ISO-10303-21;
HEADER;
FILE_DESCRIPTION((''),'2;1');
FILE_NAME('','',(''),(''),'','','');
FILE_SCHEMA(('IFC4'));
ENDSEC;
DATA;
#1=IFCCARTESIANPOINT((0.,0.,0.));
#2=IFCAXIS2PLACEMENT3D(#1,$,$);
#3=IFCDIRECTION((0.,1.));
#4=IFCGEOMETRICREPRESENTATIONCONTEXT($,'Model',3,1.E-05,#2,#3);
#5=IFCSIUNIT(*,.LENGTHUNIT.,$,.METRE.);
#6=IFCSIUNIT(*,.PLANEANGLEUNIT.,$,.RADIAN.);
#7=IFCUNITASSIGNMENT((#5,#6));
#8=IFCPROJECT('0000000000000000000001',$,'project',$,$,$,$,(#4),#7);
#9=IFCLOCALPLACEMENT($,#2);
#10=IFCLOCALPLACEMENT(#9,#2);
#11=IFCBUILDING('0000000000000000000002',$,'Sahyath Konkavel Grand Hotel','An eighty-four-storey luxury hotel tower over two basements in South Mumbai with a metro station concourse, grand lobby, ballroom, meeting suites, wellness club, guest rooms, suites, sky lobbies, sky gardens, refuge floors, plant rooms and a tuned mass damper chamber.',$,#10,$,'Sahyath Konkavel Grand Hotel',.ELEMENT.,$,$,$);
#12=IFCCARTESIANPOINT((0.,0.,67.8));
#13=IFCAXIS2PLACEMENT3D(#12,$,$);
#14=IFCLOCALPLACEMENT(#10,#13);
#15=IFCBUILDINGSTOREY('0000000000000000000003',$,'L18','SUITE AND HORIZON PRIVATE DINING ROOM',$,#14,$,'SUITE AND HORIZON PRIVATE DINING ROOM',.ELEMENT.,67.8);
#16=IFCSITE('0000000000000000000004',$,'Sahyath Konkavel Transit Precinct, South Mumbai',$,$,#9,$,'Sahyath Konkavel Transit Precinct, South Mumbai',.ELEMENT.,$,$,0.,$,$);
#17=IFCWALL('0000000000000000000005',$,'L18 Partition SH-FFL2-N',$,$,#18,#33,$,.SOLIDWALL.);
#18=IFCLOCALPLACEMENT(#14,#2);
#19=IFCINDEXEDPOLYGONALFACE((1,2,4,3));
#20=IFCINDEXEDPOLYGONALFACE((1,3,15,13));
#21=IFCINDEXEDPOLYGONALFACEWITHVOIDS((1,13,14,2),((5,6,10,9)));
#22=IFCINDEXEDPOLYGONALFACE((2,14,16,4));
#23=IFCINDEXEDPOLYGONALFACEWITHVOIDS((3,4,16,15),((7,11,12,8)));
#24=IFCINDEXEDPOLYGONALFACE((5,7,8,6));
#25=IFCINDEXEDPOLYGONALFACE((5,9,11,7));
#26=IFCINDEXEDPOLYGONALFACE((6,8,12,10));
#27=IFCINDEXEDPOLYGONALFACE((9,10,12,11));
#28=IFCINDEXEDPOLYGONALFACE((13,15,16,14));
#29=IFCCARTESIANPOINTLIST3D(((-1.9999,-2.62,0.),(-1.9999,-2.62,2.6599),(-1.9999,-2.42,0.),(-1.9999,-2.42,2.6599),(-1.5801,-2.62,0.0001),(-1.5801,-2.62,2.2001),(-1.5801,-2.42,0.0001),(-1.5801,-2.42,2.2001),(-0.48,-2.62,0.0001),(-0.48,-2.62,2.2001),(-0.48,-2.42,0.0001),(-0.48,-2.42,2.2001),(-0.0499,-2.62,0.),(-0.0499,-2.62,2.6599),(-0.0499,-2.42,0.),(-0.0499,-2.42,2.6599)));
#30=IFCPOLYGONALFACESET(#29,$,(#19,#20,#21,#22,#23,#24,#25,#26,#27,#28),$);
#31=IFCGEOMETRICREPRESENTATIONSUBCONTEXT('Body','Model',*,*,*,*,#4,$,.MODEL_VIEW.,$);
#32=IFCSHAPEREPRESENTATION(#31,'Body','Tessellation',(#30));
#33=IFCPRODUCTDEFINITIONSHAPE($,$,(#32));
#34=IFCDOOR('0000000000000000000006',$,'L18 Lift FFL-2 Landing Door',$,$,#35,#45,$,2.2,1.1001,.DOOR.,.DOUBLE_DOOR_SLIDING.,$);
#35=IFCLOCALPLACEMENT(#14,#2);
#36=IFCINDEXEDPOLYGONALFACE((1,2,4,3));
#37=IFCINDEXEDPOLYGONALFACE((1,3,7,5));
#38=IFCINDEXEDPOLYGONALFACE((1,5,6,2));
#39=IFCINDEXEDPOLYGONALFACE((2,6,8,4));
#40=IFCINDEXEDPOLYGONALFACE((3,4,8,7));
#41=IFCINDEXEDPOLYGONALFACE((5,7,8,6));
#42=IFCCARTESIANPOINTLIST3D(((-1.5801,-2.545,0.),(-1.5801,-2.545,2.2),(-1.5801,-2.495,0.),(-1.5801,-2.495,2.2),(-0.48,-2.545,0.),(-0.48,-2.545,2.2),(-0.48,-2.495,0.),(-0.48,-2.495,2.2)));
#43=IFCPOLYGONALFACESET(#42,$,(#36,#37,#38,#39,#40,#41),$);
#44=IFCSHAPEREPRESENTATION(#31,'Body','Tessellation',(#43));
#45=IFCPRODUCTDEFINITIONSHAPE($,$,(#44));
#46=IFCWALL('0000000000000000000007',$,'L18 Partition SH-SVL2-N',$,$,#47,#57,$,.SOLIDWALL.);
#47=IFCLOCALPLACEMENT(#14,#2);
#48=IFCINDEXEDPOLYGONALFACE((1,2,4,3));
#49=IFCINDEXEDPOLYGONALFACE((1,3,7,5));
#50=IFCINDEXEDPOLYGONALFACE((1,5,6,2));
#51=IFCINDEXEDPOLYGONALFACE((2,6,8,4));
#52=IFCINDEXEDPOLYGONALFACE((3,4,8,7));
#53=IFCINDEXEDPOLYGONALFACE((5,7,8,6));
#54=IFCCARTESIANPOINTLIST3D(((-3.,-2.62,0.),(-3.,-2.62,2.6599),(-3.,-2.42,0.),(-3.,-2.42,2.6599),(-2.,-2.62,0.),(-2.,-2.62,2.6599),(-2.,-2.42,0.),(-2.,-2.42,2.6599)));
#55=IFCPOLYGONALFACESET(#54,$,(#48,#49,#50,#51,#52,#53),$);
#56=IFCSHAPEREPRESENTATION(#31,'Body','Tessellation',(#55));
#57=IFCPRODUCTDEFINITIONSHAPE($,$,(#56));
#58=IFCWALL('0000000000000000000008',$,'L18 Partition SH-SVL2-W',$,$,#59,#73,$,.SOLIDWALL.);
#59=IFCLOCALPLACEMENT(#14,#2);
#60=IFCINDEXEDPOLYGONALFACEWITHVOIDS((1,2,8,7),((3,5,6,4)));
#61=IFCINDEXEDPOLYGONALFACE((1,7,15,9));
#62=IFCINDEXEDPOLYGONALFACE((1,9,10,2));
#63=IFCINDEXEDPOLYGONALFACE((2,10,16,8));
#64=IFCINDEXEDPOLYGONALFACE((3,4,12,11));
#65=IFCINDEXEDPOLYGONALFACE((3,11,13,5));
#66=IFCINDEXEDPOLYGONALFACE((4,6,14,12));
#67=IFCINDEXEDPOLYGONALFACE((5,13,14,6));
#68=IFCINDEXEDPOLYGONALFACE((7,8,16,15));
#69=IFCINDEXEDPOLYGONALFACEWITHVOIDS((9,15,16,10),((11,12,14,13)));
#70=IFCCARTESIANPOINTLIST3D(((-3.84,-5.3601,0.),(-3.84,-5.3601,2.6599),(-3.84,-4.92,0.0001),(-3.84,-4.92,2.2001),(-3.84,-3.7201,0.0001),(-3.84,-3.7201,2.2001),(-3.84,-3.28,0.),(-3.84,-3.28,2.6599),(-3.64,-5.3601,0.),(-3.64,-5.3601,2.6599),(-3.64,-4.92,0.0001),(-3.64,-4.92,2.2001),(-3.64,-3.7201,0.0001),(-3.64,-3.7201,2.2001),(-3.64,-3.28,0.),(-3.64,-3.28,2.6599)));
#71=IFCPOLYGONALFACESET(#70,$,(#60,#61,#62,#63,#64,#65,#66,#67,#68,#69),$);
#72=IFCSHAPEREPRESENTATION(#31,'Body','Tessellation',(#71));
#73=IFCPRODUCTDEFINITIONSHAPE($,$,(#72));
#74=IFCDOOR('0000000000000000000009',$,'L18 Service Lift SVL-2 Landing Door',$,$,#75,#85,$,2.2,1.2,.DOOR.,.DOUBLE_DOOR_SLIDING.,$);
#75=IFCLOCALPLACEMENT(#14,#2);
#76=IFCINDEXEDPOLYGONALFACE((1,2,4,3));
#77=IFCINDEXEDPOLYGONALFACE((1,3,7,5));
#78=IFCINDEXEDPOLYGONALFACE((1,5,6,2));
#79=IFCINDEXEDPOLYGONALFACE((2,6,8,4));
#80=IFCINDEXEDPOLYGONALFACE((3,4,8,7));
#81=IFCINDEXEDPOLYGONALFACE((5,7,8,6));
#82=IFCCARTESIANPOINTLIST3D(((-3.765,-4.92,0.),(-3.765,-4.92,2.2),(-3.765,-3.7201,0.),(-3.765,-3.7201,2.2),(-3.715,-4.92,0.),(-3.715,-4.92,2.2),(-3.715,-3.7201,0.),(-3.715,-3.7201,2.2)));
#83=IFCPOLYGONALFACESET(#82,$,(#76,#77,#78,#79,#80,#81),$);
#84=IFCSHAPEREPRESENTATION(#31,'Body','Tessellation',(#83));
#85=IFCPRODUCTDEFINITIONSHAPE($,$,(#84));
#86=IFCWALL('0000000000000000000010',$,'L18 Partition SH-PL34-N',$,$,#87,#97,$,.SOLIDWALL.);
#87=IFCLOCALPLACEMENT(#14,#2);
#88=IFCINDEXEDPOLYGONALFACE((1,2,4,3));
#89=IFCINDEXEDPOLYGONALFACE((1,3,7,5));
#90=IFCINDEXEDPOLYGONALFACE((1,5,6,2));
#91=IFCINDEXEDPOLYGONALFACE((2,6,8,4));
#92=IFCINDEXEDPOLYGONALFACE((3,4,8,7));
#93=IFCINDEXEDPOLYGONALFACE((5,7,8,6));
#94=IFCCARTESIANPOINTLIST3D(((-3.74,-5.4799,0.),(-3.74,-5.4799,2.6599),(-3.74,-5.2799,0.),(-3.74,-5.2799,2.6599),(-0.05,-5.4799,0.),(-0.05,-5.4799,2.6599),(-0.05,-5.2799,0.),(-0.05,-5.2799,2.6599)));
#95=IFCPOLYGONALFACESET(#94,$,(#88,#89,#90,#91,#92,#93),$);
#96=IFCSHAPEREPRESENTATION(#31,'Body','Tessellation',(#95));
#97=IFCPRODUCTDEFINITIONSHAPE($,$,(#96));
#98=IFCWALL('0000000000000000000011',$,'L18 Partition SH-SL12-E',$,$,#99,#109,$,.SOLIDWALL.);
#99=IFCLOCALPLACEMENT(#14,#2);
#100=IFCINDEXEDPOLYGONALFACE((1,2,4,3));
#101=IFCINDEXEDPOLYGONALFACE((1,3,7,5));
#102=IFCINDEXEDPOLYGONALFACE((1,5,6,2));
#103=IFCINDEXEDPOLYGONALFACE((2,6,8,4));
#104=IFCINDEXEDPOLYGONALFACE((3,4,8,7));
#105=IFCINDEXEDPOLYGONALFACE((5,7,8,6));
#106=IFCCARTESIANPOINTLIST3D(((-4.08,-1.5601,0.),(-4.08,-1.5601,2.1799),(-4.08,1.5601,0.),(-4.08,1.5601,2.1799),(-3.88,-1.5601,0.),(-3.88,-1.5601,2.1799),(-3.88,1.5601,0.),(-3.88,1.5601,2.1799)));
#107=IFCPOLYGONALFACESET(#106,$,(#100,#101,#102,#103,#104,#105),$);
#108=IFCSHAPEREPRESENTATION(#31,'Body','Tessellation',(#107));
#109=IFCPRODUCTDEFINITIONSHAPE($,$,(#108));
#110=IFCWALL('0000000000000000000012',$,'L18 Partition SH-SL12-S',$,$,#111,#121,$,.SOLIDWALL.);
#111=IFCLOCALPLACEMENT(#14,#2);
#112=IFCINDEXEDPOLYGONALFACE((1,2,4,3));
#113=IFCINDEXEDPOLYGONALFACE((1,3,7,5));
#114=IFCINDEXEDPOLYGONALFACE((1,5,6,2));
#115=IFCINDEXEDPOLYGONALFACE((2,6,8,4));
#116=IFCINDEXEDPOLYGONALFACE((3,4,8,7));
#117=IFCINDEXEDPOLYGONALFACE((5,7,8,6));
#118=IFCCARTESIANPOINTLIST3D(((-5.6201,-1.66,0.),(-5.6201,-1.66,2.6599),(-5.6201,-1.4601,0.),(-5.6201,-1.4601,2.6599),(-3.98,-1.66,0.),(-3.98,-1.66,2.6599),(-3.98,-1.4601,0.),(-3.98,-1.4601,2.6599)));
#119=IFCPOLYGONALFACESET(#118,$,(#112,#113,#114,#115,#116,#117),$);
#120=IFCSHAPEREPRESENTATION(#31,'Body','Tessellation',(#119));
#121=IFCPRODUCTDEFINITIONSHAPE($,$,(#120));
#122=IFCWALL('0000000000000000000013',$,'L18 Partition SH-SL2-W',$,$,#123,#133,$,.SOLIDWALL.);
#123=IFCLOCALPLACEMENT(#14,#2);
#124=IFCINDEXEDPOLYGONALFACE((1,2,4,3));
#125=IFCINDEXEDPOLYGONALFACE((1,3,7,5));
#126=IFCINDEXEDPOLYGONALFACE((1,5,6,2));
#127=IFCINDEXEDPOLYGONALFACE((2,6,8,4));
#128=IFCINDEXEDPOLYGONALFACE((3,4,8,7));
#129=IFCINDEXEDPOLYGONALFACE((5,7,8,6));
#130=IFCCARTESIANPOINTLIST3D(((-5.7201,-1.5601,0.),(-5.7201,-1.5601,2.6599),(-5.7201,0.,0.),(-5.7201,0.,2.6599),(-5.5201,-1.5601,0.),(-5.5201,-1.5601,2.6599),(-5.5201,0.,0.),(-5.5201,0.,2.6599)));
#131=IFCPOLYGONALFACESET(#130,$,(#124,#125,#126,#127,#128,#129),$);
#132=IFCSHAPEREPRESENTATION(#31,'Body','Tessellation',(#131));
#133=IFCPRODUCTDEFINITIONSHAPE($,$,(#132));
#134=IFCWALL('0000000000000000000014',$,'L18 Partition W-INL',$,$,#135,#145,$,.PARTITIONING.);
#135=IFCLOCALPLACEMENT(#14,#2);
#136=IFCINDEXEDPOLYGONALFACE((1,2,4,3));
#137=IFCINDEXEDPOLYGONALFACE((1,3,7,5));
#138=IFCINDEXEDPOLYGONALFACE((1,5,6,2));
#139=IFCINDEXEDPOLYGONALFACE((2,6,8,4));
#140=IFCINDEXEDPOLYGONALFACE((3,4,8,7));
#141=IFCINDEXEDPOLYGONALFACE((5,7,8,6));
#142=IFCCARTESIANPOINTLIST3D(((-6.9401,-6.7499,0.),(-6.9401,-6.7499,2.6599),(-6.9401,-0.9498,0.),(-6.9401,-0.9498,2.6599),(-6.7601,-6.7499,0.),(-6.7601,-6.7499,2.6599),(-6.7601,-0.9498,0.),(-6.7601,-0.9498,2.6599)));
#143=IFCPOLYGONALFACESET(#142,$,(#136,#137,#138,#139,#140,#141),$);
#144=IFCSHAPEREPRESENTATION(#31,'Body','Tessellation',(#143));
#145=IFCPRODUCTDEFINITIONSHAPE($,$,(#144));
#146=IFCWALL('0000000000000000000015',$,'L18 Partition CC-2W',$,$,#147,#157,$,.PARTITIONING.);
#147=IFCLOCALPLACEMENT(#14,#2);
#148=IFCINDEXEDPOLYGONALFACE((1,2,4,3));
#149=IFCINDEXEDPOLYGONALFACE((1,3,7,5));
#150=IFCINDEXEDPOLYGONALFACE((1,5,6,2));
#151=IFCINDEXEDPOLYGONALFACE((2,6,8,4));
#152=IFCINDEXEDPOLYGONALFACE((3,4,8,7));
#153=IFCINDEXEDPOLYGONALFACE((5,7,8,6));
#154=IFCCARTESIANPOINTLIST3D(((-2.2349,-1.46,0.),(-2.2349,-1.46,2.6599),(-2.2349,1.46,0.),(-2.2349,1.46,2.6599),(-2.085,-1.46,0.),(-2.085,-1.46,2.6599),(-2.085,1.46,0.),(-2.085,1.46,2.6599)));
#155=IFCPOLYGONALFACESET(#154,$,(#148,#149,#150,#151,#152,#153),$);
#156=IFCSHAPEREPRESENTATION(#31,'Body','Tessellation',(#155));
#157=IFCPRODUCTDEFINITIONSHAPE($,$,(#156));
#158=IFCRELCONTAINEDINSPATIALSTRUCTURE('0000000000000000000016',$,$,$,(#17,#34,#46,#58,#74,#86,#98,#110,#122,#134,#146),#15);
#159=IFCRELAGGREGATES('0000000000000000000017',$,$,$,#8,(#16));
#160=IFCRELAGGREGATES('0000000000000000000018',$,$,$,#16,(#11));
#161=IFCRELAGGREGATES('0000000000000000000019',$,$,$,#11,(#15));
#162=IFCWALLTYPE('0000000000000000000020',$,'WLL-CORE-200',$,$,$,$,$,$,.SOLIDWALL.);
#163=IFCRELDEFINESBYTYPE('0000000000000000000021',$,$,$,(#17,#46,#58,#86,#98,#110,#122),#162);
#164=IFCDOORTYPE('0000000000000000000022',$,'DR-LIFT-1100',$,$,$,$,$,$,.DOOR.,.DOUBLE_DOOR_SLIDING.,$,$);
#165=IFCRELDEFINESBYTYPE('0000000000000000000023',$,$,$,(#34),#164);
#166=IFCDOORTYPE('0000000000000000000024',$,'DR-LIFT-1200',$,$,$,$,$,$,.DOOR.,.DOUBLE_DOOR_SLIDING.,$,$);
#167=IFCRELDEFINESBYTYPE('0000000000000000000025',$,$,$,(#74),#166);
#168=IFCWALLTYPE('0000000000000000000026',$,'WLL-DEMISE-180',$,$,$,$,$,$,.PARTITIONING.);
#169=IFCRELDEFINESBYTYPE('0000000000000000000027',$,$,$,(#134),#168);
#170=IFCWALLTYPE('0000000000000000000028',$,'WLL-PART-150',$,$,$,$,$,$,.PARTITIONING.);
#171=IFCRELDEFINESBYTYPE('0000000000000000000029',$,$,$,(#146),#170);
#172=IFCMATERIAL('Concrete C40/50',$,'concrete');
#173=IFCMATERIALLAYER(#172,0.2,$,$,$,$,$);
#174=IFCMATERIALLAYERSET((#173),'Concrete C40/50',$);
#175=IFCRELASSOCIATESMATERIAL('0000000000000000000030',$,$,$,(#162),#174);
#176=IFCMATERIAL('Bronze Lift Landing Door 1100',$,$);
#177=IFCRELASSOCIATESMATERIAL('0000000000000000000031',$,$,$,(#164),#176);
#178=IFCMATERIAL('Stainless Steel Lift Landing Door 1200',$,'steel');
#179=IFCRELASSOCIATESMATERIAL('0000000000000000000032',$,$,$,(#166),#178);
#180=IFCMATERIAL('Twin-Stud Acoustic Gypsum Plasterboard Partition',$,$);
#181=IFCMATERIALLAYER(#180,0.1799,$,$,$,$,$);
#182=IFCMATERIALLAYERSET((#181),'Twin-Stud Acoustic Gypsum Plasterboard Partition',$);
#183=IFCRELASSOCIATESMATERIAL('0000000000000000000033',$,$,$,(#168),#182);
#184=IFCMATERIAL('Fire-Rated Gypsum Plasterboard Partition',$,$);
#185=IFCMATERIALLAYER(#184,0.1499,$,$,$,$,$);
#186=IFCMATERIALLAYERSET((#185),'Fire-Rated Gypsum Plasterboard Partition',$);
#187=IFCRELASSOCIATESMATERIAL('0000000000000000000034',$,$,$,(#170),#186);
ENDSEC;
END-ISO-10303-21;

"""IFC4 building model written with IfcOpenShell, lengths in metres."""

from ifc_helpers import new_model, si_unit, direction, frame, frame_2d, origin, origin_2d, place, context, subcontext, project, spatial, rectangle, extrude, source, transform, mapped, material, layer, layer_set, type_object, element, fill, save


model = new_model("IFC4")

# Units and contexts
model_context = context("Model", 3, precision=1e-05, world=origin(), true_north=direction((0.0, 1.0)))
body_context = subcontext(model_context, "Body", "Model", "MODEL_VIEW")
ifc_project = project(units=[si_unit("LENGTHUNIT", "METRE"), si_unit("PLANEANGLEUNIT", "RADIAN")], contexts=[model_context])

# Site, building, storey
site_placement = place(None, origin())
site = spatial("IfcSite", under=ifc_project, at=site_placement, Name="Sahyath Konkavel Transit Precinct, South Mumbai", LongName="Sahyath Konkavel Transit Precinct, South Mumbai", CompositionType="ELEMENT", RefElevation=0.0)
building_placement = place(site_placement, origin())
building = spatial("IfcBuilding", under=site, at=building_placement, Name="Sahyath Konkavel Grand Hotel", Description="An eighty-four-storey luxury hotel tower over two basements in South Mumbai with a metro station concourse, grand lobby, ballroom, meeting suites, wellness club, guest rooms, suites, sky lobbies, sky gardens, refuge floors, plant rooms and a tuned mass damper chamber.", LongName="Sahyath Konkavel Grand Hotel", CompositionType="ELEMENT")
storey_placement = place(building_placement, frame((0.0, 0.0, 67.8)))
storey = spatial("IfcBuildingStorey", under=building, at=storey_placement, Name="L18", Description="SUITE AND HORIZON PRIVATE DINING ROOM", LongName="SUITE AND HORIZON PRIVATE DINING ROOM", CompositionType="ELEMENT", Elevation=67.8)

# Shared definitions
ifc_material_1 = material(Name="Concrete C40/50", Category="concrete")
ifc_layer_1 = layer(ifc_material_1, 0.2)
ifc_layer_set_1 = layer_set([ifc_layer_1], Name="Concrete C40/50")
wall_type_1 = type_object("IfcWallType", Name="WLL-CORE-200", PredefinedType="SOLIDWALL", material=ifc_layer_set_1)

# Wall, opening, door
wall_1_placement = place(storey_placement, frame((-2.0, -2.52, 0.0), z_axis=(0.0, 0.0, 1.0), x_axis=(1.0, 0.0, 0.0)))
wall_1 = element("IfcWall", 1, at=wall_1_placement, inside=storey, type_object=wall_type_1, Name="L18 Partition SH-FFL2-N", PredefinedType="SOLIDWALL", context=body_context, shape_type="SweptSolid", body=[
    extrude(rectangle(XDim=1.95, YDim=0.2, at=frame_2d((0.9751, 0.0))), origin(), (0.0, 0.0, 1.0), 2.6599),
])
opening_1_placement = place(wall_1_placement, frame((0.4199, 0.0, 0.0)))
opening_1 = element("IfcOpeningElement", 2, at=opening_1_placement, cuts=wall_1, PredefinedType="OPENING", context=body_context, shape_type="SweptSolid", body=[
    extrude(rectangle(XDim=1.1001, YDim=2.2, at=frame_2d((0.55, 1.1001))), frame((0.0, 0.1099, 0.0), z_axis=(0.0, -1.0, 0.0), x_axis=(1.0, 0.0, 0.0)), (0.0, 0.0, 1.0), 0.22),
])
ifc_material_2 = material(Name="Bronze Lift Landing Door 1100")
door_type_1 = type_object("IfcDoorType", Name="DR-LIFT-1100", OperationType="DOUBLE_DOOR_SLIDING", PredefinedType="DOOR", material=ifc_material_2)
shared_shape_1 = source(origin(), body_context, "Body", "SweptSolid", [
    extrude(rectangle(XDim=1.1001, YDim=0.05, at=origin_2d()), origin(), (0.0, 0.0, 1.0), 2.2),
])
door_1_placement = place(opening_1_placement, frame((0.55, 0.0, 0.0)))
door_1 = element("IfcDoor", 3, at=door_1_placement, inside=storey, type_object=door_type_1, Name="L18 Lift FFL-2 Landing Door", OperationType="DOUBLE_DOOR_SLIDING", OverallHeight=2.2, OverallWidth=1.1001, PredefinedType="DOOR", context=body_context, shape_type="MappedRepresentation", body=[
    mapped(shared_shape_1, transform((0.0, 0.0, 0.0), scale=1.0)),
])
fill(opening_1, door_1)

# Wall
wall_2_placement = place(storey_placement, frame((-3.0, -2.52, 0.0), z_axis=(0.0, 0.0, 1.0), x_axis=(1.0, 0.0, 0.0)))
element("IfcWall", 4, at=wall_2_placement, inside=storey, type_object=wall_type_1, Name="L18 Partition SH-SVL2-N", PredefinedType="SOLIDWALL", context=body_context, shape_type="SweptSolid", body=[
    extrude(rectangle(XDim=1.0, YDim=0.2, at=frame_2d((0.5, 0.0))), origin(), (0.0, 0.0, 1.0), 2.6599),
])

# Wall, opening, door
wall_3_placement = place(storey_placement, frame((-3.74, -5.3601, 0.0), z_axis=(0.0, 0.0, 1.0), x_axis=(0.0, 1.0, 0.0)))
wall_3 = element("IfcWall", 5, at=wall_3_placement, inside=storey, type_object=wall_type_1, Name="L18 Partition SH-SVL2-W", PredefinedType="SOLIDWALL", context=body_context, shape_type="SweptSolid", body=[
    extrude(rectangle(XDim=2.0801, YDim=0.2, at=frame_2d((1.04, 0.0))), origin(), (0.0, 0.0, 1.0), 2.6599),
])
opening_2_placement = place(wall_3_placement, frame((0.4399, 0.0, 0.0)))
opening_2 = element("IfcOpeningElement", 6, at=opening_2_placement, cuts=wall_3, PredefinedType="OPENING", context=body_context, shape_type="SweptSolid", body=[
    extrude(rectangle(XDim=1.2, YDim=2.2, at=frame_2d((0.6001, 1.1001))), frame((0.0, 0.1099, 0.0), z_axis=(0.0, -1.0, 0.0), x_axis=(1.0, 0.0, 0.0)), (0.0, 0.0, 1.0), 0.22),
])
ifc_material_3 = material(Name="Stainless Steel Lift Landing Door 1200", Category="steel")
door_type_2 = type_object("IfcDoorType", Name="DR-LIFT-1200", OperationType="DOUBLE_DOOR_SLIDING", PredefinedType="DOOR", material=ifc_material_3)
shared_shape_2 = source(origin(), body_context, "Body", "SweptSolid", [
    extrude(rectangle(XDim=1.2, YDim=0.05, at=origin_2d()), origin(), (0.0, 0.0, 1.0), 2.2),
])
door_2_placement = place(opening_2_placement, frame((0.6001, 0.0, 0.0)))
door_2 = element("IfcDoor", 7, at=door_2_placement, inside=storey, type_object=door_type_2, Name="L18 Service Lift SVL-2 Landing Door", OperationType="DOUBLE_DOOR_SLIDING", OverallHeight=2.2, OverallWidth=1.2, PredefinedType="DOOR", context=body_context, shape_type="MappedRepresentation", body=[
    mapped(shared_shape_2, transform((0.0, 0.0, 0.0), scale=1.0)),
])
fill(opening_2, door_2)

# Walls
wall_4_placement = place(storey_placement, frame((-3.74, -5.3799, 0.0), z_axis=(0.0, 0.0, 1.0), x_axis=(1.0, 0.0, 0.0)))
element("IfcWall", 8, at=wall_4_placement, inside=storey, type_object=wall_type_1, Name="L18 Partition SH-PL34-N", PredefinedType="SOLIDWALL", context=body_context, shape_type="SweptSolid", body=[
    extrude(rectangle(XDim=3.6899, YDim=0.2, at=frame_2d((1.845, 0.0))), origin(), (0.0, 0.0, 1.0), 2.6599),
])
wall_5_placement = place(storey_placement, frame((-3.98, -1.5601, 0.0), z_axis=(0.0, 0.0, 1.0), x_axis=(0.0, 1.0, 0.0)))
element("IfcWall", 9, at=wall_5_placement, inside=storey, type_object=wall_type_1, Name="L18 Partition SH-SL12-E", PredefinedType="SOLIDWALL", context=body_context, shape_type="SweptSolid", body=[
    extrude(rectangle(XDim=3.1201, YDim=0.2, at=frame_2d((1.5601, 0.0))), origin(), (0.0, 0.0, 1.0), 2.1799),
])
wall_6_placement = place(storey_placement, frame((-5.6201, -1.5601, 0.0), z_axis=(0.0, 0.0, 1.0), x_axis=(1.0, 0.0, 0.0)))
element("IfcWall", 10, at=wall_6_placement, inside=storey, type_object=wall_type_1, Name="L18 Partition SH-SL12-S", PredefinedType="SOLIDWALL", context=body_context, shape_type="SweptSolid", body=[
    extrude(rectangle(XDim=1.6401, YDim=0.2, at=frame_2d((0.8201, 0.0))), origin(), (0.0, 0.0, 1.0), 2.6599),
])
wall_7_placement = place(storey_placement, frame((-5.6201, -1.5601, 0.0), z_axis=(0.0, 0.0, 1.0), x_axis=(0.0, 1.0, 0.0)))
element("IfcWall", 11, at=wall_7_placement, inside=storey, type_object=wall_type_1, Name="L18 Partition SH-SL2-W", PredefinedType="SOLIDWALL", context=body_context, shape_type="SweptSolid", body=[
    extrude(rectangle(XDim=1.5601, YDim=0.2, at=frame_2d((0.78, 0.0))), origin(), (0.0, 0.0, 1.0), 2.6599),
])
ifc_material_4 = material(Name="Twin-Stud Acoustic Gypsum Plasterboard Partition")
ifc_layer_2 = layer(ifc_material_4, 0.1799)
ifc_layer_set_2 = layer_set([ifc_layer_2], Name="Twin-Stud Acoustic Gypsum Plasterboard Partition")
wall_type_2 = type_object("IfcWallType", Name="WLL-DEMISE-180", PredefinedType="PARTITIONING", material=ifc_layer_set_2)
wall_8_placement = place(storey_placement, frame((-6.8501, -0.95, 0.0), z_axis=(0.0, 0.0, 1.0), x_axis=(0.0, -1.0, 0.0)))
element("IfcWall", 12, at=wall_8_placement, inside=storey, type_object=wall_type_2, Name="L18 Partition W-INL", PredefinedType="PARTITIONING", context=body_context, shape_type="SweptSolid", body=[
    extrude(rectangle(XDim=5.8, YDim=0.1799, at=frame_2d((2.8999, 0.0))), origin(), (0.0, 0.0, 1.0), 2.6599),
])
ifc_material_5 = material(Name="Fire-Rated Gypsum Plasterboard Partition")
ifc_layer_3 = layer(ifc_material_5, 0.1499)
ifc_layer_set_3 = layer_set([ifc_layer_3], Name="Fire-Rated Gypsum Plasterboard Partition")
wall_type_3 = type_object("IfcWallType", Name="WLL-PART-150", PredefinedType="PARTITIONING", material=ifc_layer_set_3)
wall_9_placement = place(storey_placement, frame((-2.1599, -1.46, 0.0), z_axis=(0.0, 0.0, 1.0), x_axis=(0.0, 1.0, 0.0)))
element("IfcWall", 13, at=wall_9_placement, inside=storey, type_object=wall_type_3, Name="L18 Partition CC-2W", PredefinedType="PARTITIONING", context=body_context, shape_type="SweptSolid", body=[
    extrude(rectangle(XDim=2.9199, YDim=0.1499, at=frame_2d((1.46, 0.0))), origin(), (0.0, 0.0, 1.0), 2.6599),
])

save(model, "model.ifc")
